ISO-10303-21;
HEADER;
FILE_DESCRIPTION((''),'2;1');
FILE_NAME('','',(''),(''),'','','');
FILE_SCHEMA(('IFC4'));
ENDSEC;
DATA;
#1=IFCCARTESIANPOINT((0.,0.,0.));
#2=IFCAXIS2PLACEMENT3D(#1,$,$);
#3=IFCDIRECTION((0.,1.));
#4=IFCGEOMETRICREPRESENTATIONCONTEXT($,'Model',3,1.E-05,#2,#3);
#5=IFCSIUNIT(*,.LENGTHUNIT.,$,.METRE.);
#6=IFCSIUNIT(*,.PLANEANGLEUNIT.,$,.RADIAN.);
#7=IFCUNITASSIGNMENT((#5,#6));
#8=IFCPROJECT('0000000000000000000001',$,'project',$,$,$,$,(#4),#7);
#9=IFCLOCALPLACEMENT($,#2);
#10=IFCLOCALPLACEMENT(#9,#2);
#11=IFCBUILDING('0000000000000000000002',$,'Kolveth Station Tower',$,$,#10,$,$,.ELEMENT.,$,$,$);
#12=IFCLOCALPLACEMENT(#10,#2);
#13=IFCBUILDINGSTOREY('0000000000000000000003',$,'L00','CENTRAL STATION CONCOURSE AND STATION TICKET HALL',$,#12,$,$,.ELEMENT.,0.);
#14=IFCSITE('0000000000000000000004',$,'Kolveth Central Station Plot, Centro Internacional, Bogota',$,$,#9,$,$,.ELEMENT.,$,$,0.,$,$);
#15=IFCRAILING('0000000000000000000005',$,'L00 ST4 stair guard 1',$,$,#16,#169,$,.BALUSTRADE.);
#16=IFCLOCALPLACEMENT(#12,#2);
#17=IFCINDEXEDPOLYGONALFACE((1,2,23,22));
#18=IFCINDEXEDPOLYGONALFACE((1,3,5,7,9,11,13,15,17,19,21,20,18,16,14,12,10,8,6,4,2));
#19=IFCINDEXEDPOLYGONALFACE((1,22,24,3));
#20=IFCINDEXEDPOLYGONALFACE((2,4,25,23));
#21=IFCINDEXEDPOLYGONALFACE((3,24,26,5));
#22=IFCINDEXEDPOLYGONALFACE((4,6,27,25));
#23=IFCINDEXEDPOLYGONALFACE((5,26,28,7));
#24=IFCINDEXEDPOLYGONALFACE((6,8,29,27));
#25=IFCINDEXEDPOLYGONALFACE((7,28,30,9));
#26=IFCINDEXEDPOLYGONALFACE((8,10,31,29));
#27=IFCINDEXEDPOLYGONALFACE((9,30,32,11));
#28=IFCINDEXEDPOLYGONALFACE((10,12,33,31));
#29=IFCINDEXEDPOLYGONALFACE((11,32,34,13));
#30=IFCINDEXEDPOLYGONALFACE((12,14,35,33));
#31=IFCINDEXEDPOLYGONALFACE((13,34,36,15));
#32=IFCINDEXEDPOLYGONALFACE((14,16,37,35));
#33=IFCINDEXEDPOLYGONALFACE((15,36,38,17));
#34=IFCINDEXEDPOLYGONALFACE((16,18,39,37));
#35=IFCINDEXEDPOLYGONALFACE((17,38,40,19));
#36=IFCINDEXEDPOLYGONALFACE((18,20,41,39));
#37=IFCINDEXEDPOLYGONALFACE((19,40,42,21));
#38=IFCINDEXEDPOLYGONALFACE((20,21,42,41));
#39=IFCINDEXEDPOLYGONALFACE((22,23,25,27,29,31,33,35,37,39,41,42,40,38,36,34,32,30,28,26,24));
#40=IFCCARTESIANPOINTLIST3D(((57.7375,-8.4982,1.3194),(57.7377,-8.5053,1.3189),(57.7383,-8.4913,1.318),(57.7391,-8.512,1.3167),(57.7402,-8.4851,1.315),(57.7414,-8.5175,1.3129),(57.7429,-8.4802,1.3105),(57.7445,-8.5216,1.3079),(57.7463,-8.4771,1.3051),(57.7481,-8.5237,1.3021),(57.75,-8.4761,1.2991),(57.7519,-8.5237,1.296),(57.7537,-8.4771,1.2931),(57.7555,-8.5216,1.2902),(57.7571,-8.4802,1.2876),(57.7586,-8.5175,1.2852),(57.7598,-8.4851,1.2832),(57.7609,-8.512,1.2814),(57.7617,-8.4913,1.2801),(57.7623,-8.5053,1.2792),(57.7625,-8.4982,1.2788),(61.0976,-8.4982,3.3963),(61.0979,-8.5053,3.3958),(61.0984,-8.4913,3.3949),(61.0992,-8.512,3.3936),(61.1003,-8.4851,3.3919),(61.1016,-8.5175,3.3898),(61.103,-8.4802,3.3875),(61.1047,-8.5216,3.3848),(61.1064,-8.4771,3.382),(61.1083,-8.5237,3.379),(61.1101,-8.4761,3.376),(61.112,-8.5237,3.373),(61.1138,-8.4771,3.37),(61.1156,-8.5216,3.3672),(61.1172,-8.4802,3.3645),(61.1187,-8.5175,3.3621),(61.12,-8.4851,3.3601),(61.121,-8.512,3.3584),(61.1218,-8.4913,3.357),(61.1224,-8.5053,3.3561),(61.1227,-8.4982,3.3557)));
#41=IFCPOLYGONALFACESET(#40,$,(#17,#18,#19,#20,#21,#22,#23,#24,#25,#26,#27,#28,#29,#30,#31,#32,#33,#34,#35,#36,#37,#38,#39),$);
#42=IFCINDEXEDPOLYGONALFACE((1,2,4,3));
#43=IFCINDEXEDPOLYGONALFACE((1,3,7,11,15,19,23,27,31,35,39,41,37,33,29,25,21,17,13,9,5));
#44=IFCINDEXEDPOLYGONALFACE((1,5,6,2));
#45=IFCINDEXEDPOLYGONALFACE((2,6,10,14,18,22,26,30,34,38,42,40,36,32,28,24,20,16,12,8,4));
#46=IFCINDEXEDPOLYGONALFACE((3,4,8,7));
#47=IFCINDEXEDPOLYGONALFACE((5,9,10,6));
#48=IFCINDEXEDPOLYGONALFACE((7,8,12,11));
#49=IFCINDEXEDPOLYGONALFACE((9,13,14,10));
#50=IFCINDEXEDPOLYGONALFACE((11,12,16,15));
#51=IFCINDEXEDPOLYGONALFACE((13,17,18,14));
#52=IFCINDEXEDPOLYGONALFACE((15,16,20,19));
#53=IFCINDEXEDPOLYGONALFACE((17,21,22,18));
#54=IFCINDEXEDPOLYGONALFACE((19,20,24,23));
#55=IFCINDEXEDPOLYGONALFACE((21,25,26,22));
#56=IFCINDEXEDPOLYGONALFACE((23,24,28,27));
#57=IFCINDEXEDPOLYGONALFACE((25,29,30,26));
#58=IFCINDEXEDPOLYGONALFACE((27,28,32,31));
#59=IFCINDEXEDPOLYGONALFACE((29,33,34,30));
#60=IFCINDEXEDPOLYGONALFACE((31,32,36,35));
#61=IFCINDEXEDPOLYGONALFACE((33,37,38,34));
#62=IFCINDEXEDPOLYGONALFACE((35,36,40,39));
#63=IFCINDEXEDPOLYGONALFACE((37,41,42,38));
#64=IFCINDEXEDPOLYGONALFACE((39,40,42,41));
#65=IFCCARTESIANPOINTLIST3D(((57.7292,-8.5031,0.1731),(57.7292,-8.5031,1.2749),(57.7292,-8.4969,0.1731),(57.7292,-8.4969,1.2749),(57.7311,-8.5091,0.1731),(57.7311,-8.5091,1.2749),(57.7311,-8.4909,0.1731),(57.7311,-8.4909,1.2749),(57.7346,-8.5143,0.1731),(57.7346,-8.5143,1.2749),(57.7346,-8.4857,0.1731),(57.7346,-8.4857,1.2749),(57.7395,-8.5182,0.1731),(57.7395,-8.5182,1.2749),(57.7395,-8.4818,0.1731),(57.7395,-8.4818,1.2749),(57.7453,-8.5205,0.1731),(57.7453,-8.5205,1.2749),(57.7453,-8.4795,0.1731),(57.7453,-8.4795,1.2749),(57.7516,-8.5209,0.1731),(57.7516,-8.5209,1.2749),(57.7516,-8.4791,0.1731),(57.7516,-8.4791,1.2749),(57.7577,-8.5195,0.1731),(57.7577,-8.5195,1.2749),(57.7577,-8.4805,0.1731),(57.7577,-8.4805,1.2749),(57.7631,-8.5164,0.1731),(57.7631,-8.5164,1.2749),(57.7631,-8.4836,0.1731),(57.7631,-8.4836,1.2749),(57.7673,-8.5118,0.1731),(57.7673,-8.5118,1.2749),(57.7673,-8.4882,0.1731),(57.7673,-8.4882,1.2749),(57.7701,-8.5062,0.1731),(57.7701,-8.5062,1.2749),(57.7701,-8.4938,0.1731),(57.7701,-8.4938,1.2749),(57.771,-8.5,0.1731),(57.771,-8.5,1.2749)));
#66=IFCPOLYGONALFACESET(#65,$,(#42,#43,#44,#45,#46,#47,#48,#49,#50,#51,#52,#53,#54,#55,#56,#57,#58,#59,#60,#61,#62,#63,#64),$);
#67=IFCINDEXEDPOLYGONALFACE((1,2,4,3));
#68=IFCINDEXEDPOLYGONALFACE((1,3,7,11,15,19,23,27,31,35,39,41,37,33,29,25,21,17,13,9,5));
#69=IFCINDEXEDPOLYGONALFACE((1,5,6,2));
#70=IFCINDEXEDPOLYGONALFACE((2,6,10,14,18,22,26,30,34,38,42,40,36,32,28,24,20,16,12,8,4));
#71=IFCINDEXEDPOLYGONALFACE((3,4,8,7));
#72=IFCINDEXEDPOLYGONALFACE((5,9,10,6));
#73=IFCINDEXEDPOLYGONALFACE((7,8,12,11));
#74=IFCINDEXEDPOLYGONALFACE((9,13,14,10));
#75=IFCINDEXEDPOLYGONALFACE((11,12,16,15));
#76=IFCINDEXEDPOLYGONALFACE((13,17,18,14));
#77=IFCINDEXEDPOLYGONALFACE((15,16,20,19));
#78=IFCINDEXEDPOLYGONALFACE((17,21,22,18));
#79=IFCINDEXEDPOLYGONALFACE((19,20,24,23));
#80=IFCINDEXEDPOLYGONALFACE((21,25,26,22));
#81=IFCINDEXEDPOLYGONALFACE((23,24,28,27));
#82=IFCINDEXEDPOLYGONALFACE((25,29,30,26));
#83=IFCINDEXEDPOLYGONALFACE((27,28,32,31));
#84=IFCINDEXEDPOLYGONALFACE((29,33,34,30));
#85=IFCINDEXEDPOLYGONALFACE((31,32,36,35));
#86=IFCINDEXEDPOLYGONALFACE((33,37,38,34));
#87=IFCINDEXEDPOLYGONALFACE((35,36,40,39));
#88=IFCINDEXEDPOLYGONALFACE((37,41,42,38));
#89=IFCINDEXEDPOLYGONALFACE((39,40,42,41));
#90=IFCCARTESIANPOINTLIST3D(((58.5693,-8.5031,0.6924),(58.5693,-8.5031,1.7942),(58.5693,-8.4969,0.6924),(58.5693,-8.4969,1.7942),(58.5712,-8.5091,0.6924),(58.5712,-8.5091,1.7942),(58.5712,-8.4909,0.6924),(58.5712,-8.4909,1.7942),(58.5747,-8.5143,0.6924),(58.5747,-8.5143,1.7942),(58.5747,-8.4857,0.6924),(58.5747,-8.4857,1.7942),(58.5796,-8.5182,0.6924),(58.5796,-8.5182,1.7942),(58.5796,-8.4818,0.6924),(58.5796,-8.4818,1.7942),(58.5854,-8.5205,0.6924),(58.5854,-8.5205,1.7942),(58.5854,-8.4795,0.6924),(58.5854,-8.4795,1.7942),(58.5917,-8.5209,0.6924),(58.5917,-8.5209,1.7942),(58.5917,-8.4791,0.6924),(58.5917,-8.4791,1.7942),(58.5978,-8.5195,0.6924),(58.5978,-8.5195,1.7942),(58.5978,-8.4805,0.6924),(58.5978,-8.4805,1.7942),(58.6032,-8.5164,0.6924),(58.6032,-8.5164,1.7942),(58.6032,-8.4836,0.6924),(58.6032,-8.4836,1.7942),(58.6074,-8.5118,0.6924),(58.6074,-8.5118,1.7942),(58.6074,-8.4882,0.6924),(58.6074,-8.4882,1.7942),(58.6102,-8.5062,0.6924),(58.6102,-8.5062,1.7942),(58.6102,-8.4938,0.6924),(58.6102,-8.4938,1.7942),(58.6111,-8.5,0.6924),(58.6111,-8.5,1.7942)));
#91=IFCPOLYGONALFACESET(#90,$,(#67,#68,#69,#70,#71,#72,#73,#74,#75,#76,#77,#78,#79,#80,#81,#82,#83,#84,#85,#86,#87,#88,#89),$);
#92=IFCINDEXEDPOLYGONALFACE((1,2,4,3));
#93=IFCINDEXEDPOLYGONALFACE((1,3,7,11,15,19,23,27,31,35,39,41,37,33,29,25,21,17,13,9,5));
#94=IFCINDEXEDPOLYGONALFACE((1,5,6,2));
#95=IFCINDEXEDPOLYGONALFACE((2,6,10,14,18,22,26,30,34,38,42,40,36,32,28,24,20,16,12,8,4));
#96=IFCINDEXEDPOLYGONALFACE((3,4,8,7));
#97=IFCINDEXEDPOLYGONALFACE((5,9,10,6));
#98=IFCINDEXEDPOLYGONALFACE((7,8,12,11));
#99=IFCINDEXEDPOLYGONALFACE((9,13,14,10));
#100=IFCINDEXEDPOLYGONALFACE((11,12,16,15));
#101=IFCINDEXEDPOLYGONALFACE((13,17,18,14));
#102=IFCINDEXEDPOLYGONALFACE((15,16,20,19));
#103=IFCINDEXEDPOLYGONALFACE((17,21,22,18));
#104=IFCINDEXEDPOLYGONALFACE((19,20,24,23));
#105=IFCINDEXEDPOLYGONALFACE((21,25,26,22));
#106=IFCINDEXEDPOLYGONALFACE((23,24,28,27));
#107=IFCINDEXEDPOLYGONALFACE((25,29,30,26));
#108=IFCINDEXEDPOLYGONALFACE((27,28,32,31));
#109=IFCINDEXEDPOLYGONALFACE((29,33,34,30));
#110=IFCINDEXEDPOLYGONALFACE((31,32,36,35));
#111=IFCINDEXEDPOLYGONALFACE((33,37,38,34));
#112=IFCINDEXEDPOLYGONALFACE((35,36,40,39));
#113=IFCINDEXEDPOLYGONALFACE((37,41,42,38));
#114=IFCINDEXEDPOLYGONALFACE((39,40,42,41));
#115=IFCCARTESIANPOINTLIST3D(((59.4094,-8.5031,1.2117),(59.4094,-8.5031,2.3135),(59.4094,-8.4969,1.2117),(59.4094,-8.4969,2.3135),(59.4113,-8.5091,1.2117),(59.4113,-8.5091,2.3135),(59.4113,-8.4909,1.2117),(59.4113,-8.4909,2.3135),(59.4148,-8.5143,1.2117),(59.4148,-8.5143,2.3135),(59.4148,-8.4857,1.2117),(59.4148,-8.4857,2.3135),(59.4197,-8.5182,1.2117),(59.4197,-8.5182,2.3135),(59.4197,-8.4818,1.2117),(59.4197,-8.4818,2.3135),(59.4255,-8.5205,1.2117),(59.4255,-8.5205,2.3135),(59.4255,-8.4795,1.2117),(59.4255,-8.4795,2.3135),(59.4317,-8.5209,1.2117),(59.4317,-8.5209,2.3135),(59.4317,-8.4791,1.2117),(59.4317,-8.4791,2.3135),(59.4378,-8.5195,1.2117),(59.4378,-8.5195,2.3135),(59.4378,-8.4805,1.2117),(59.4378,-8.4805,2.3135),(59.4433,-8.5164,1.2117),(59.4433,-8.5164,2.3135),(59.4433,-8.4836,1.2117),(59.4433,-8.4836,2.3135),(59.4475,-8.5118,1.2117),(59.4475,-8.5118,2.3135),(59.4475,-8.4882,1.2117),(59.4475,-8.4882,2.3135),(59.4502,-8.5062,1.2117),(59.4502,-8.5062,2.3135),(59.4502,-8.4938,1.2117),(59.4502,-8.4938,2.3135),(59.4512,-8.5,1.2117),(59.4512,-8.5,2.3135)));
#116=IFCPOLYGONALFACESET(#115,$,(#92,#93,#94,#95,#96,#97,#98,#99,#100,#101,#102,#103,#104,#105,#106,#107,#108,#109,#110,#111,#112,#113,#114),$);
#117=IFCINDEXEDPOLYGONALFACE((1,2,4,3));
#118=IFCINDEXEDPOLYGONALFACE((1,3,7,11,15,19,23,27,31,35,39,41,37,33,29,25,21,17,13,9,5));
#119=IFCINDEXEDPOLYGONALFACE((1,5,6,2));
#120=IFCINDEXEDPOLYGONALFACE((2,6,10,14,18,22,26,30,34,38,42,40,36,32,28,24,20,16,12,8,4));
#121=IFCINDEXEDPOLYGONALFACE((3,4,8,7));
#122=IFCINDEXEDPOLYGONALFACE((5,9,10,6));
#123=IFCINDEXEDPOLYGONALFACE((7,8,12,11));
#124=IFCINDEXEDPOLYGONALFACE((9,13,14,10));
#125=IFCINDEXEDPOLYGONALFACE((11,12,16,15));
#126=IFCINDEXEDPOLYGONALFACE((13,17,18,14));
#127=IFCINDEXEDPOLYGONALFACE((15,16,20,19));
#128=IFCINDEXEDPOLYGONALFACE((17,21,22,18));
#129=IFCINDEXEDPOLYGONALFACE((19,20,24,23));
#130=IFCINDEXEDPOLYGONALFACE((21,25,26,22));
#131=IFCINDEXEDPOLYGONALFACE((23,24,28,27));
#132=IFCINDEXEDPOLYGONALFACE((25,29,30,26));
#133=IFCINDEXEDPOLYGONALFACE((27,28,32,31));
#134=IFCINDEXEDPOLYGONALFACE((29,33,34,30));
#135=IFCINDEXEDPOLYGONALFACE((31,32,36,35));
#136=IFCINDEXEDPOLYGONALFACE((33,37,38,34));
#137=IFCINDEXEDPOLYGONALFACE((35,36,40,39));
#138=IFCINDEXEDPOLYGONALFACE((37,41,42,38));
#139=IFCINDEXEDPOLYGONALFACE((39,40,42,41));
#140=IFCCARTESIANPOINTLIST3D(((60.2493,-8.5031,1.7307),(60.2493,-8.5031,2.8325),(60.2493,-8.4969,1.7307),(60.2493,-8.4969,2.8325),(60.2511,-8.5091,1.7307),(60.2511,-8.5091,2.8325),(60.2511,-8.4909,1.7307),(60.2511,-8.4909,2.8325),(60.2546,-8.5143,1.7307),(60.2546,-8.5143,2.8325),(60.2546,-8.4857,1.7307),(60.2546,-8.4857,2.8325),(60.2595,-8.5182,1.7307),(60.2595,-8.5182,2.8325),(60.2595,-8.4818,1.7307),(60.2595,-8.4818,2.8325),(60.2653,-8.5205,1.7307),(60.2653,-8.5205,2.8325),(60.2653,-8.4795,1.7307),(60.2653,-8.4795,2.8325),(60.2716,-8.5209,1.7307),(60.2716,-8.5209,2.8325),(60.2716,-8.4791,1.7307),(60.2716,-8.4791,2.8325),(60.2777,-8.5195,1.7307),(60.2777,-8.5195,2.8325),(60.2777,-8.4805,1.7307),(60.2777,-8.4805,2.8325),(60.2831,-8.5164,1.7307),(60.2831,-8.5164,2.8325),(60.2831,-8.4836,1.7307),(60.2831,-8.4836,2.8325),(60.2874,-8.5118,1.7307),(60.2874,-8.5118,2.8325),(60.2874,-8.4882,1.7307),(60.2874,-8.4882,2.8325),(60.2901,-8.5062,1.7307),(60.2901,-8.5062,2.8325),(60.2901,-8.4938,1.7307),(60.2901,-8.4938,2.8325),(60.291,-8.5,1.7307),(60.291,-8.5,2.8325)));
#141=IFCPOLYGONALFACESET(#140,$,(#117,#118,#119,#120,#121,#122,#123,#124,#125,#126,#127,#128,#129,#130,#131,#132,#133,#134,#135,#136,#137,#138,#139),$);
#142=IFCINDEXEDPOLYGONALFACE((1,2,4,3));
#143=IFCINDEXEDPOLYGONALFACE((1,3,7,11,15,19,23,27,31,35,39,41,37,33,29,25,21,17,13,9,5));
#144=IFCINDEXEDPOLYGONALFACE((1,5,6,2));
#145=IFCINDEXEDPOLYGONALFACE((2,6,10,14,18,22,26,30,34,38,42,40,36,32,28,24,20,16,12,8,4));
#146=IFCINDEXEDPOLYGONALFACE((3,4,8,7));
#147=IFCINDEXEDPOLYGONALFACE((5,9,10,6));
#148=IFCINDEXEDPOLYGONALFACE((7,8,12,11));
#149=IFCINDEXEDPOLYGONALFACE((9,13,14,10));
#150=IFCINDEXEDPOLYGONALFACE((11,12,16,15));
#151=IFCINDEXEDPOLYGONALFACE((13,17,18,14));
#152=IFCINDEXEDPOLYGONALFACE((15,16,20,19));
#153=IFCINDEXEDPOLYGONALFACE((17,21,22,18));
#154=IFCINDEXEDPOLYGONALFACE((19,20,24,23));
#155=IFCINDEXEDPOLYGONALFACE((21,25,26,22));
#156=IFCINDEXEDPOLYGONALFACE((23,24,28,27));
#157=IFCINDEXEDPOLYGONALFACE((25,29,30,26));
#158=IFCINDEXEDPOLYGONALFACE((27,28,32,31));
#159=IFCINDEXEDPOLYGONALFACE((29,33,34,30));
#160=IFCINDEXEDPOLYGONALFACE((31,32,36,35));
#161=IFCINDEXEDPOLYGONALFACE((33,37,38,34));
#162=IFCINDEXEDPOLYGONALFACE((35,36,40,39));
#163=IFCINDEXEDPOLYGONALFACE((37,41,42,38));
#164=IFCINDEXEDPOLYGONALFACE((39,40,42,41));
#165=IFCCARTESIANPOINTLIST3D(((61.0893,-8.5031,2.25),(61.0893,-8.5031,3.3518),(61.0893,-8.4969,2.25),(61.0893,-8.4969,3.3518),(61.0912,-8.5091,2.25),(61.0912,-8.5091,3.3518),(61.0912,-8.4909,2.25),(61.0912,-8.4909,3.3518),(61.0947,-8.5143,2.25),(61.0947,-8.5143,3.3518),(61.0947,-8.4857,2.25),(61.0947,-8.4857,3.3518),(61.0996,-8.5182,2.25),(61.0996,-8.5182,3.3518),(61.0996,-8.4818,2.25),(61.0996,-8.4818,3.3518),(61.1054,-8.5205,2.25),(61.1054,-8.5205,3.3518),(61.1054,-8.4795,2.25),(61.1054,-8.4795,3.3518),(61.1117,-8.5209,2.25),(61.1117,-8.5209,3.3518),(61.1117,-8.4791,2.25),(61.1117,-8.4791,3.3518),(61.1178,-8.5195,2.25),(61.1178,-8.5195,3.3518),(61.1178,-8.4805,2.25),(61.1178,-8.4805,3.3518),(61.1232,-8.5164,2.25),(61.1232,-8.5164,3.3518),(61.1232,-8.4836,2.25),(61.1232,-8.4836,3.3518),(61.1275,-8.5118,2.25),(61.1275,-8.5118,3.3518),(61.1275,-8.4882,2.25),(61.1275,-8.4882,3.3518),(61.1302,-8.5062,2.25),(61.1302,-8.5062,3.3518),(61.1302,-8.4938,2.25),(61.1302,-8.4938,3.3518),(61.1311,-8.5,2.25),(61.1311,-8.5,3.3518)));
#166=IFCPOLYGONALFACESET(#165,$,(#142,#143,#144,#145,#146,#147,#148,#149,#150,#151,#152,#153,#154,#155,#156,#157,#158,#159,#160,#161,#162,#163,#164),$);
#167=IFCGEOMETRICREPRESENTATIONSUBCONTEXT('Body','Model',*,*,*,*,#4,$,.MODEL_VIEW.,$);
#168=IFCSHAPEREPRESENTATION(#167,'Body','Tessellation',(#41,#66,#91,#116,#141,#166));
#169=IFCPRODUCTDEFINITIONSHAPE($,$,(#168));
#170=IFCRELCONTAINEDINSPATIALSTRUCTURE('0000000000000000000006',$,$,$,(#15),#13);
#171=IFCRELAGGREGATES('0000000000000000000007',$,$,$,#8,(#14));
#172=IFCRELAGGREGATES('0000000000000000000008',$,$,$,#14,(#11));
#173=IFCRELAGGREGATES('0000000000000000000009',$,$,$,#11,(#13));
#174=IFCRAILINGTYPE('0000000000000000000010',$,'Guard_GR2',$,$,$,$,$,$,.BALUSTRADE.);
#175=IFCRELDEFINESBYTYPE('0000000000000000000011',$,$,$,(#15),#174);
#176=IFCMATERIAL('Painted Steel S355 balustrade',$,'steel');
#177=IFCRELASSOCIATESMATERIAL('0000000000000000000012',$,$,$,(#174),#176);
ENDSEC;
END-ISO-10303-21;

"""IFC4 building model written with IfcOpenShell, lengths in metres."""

from ifc_helpers import new_model, si_unit, direction, frame, origin, origin_2d, place, context, subcontext, project, spatial, circle, extrude, material, type_object, element, save


model = new_model("IFC4")

# Units and contexts
model_context = context("Model", 3, precision=1e-05, world=origin(), true_north=direction((0.0, 1.0)))
body_context = subcontext(model_context, "Body", "Model", "MODEL_VIEW")
ifc_project = project(units=[si_unit("LENGTHUNIT", "METRE"), si_unit("PLANEANGLEUNIT", "RADIAN")], contexts=[model_context])

# Site, building, storey
site_placement = place(None, origin())
site = spatial("IfcSite", under=ifc_project, at=site_placement, Name="Kolveth Central Station Plot, Centro Internacional, Bogota", CompositionType="ELEMENT", RefElevation=0.0)
building_placement = place(site_placement, origin())
building = spatial("IfcBuilding", under=site, at=building_placement, Name="Kolveth Station Tower", CompositionType="ELEMENT")
storey_placement = place(building_placement, origin())
storey = spatial("IfcBuildingStorey", under=building, at=storey_placement, Name="L00", Description="CENTRAL STATION CONCOURSE AND STATION TICKET HALL", CompositionType="ELEMENT", Elevation=0.0)

# Railing
ifc_material_1 = material(Name="Painted Steel S355 balustrade", Category="steel")
railing_type_1 = type_object("IfcRailingType", Name="Guard_GR2", PredefinedType="BALUSTRADE", material=ifc_material_1)
railing_1_placement = place(storey_placement, frame((57.75, -8.5, 0.1731)))
element("IfcRailing", 1, at=railing_1_placement, inside=storey, type_object=railing_type_1, Name="L00 ST4 stair guard 1", PredefinedType="BALUSTRADE", context=body_context, shape_type="SweptSolid", body=[
    extrude(circle(Radius=0.0239, at=origin_2d()), frame((0.0, 0.0, 1.126), z_axis=(0.850623, 0.0, 0.525776), x_axis=(0.0, 1.0, 0.0)), (0.0, 0.0, 1.0), 3.9502),
    extrude(circle(Radius=0.021, at=origin_2d()), origin(), (0.0, 0.0, 1.0), 1.1018),
    extrude(circle(Radius=0.021, at=origin_2d()), frame((0.8401, 0.0, 0.5193)), (0.0, 0.0, 1.0), 1.1018),
    extrude(circle(Radius=0.021, at=origin_2d()), frame((1.6802, 0.0, 1.0386)), (0.0, 0.0, 1.0), 1.1018),
    extrude(circle(Radius=0.021, at=origin_2d()), frame((2.52, 0.0, 1.5576)), (0.0, 0.0, 1.0), 1.1018),
    extrude(circle(Radius=0.021, at=origin_2d()), frame((3.3601, 0.0, 2.0769)), (0.0, 0.0, 1.0), 1.1018),
])

save(model, "model.ifc")
